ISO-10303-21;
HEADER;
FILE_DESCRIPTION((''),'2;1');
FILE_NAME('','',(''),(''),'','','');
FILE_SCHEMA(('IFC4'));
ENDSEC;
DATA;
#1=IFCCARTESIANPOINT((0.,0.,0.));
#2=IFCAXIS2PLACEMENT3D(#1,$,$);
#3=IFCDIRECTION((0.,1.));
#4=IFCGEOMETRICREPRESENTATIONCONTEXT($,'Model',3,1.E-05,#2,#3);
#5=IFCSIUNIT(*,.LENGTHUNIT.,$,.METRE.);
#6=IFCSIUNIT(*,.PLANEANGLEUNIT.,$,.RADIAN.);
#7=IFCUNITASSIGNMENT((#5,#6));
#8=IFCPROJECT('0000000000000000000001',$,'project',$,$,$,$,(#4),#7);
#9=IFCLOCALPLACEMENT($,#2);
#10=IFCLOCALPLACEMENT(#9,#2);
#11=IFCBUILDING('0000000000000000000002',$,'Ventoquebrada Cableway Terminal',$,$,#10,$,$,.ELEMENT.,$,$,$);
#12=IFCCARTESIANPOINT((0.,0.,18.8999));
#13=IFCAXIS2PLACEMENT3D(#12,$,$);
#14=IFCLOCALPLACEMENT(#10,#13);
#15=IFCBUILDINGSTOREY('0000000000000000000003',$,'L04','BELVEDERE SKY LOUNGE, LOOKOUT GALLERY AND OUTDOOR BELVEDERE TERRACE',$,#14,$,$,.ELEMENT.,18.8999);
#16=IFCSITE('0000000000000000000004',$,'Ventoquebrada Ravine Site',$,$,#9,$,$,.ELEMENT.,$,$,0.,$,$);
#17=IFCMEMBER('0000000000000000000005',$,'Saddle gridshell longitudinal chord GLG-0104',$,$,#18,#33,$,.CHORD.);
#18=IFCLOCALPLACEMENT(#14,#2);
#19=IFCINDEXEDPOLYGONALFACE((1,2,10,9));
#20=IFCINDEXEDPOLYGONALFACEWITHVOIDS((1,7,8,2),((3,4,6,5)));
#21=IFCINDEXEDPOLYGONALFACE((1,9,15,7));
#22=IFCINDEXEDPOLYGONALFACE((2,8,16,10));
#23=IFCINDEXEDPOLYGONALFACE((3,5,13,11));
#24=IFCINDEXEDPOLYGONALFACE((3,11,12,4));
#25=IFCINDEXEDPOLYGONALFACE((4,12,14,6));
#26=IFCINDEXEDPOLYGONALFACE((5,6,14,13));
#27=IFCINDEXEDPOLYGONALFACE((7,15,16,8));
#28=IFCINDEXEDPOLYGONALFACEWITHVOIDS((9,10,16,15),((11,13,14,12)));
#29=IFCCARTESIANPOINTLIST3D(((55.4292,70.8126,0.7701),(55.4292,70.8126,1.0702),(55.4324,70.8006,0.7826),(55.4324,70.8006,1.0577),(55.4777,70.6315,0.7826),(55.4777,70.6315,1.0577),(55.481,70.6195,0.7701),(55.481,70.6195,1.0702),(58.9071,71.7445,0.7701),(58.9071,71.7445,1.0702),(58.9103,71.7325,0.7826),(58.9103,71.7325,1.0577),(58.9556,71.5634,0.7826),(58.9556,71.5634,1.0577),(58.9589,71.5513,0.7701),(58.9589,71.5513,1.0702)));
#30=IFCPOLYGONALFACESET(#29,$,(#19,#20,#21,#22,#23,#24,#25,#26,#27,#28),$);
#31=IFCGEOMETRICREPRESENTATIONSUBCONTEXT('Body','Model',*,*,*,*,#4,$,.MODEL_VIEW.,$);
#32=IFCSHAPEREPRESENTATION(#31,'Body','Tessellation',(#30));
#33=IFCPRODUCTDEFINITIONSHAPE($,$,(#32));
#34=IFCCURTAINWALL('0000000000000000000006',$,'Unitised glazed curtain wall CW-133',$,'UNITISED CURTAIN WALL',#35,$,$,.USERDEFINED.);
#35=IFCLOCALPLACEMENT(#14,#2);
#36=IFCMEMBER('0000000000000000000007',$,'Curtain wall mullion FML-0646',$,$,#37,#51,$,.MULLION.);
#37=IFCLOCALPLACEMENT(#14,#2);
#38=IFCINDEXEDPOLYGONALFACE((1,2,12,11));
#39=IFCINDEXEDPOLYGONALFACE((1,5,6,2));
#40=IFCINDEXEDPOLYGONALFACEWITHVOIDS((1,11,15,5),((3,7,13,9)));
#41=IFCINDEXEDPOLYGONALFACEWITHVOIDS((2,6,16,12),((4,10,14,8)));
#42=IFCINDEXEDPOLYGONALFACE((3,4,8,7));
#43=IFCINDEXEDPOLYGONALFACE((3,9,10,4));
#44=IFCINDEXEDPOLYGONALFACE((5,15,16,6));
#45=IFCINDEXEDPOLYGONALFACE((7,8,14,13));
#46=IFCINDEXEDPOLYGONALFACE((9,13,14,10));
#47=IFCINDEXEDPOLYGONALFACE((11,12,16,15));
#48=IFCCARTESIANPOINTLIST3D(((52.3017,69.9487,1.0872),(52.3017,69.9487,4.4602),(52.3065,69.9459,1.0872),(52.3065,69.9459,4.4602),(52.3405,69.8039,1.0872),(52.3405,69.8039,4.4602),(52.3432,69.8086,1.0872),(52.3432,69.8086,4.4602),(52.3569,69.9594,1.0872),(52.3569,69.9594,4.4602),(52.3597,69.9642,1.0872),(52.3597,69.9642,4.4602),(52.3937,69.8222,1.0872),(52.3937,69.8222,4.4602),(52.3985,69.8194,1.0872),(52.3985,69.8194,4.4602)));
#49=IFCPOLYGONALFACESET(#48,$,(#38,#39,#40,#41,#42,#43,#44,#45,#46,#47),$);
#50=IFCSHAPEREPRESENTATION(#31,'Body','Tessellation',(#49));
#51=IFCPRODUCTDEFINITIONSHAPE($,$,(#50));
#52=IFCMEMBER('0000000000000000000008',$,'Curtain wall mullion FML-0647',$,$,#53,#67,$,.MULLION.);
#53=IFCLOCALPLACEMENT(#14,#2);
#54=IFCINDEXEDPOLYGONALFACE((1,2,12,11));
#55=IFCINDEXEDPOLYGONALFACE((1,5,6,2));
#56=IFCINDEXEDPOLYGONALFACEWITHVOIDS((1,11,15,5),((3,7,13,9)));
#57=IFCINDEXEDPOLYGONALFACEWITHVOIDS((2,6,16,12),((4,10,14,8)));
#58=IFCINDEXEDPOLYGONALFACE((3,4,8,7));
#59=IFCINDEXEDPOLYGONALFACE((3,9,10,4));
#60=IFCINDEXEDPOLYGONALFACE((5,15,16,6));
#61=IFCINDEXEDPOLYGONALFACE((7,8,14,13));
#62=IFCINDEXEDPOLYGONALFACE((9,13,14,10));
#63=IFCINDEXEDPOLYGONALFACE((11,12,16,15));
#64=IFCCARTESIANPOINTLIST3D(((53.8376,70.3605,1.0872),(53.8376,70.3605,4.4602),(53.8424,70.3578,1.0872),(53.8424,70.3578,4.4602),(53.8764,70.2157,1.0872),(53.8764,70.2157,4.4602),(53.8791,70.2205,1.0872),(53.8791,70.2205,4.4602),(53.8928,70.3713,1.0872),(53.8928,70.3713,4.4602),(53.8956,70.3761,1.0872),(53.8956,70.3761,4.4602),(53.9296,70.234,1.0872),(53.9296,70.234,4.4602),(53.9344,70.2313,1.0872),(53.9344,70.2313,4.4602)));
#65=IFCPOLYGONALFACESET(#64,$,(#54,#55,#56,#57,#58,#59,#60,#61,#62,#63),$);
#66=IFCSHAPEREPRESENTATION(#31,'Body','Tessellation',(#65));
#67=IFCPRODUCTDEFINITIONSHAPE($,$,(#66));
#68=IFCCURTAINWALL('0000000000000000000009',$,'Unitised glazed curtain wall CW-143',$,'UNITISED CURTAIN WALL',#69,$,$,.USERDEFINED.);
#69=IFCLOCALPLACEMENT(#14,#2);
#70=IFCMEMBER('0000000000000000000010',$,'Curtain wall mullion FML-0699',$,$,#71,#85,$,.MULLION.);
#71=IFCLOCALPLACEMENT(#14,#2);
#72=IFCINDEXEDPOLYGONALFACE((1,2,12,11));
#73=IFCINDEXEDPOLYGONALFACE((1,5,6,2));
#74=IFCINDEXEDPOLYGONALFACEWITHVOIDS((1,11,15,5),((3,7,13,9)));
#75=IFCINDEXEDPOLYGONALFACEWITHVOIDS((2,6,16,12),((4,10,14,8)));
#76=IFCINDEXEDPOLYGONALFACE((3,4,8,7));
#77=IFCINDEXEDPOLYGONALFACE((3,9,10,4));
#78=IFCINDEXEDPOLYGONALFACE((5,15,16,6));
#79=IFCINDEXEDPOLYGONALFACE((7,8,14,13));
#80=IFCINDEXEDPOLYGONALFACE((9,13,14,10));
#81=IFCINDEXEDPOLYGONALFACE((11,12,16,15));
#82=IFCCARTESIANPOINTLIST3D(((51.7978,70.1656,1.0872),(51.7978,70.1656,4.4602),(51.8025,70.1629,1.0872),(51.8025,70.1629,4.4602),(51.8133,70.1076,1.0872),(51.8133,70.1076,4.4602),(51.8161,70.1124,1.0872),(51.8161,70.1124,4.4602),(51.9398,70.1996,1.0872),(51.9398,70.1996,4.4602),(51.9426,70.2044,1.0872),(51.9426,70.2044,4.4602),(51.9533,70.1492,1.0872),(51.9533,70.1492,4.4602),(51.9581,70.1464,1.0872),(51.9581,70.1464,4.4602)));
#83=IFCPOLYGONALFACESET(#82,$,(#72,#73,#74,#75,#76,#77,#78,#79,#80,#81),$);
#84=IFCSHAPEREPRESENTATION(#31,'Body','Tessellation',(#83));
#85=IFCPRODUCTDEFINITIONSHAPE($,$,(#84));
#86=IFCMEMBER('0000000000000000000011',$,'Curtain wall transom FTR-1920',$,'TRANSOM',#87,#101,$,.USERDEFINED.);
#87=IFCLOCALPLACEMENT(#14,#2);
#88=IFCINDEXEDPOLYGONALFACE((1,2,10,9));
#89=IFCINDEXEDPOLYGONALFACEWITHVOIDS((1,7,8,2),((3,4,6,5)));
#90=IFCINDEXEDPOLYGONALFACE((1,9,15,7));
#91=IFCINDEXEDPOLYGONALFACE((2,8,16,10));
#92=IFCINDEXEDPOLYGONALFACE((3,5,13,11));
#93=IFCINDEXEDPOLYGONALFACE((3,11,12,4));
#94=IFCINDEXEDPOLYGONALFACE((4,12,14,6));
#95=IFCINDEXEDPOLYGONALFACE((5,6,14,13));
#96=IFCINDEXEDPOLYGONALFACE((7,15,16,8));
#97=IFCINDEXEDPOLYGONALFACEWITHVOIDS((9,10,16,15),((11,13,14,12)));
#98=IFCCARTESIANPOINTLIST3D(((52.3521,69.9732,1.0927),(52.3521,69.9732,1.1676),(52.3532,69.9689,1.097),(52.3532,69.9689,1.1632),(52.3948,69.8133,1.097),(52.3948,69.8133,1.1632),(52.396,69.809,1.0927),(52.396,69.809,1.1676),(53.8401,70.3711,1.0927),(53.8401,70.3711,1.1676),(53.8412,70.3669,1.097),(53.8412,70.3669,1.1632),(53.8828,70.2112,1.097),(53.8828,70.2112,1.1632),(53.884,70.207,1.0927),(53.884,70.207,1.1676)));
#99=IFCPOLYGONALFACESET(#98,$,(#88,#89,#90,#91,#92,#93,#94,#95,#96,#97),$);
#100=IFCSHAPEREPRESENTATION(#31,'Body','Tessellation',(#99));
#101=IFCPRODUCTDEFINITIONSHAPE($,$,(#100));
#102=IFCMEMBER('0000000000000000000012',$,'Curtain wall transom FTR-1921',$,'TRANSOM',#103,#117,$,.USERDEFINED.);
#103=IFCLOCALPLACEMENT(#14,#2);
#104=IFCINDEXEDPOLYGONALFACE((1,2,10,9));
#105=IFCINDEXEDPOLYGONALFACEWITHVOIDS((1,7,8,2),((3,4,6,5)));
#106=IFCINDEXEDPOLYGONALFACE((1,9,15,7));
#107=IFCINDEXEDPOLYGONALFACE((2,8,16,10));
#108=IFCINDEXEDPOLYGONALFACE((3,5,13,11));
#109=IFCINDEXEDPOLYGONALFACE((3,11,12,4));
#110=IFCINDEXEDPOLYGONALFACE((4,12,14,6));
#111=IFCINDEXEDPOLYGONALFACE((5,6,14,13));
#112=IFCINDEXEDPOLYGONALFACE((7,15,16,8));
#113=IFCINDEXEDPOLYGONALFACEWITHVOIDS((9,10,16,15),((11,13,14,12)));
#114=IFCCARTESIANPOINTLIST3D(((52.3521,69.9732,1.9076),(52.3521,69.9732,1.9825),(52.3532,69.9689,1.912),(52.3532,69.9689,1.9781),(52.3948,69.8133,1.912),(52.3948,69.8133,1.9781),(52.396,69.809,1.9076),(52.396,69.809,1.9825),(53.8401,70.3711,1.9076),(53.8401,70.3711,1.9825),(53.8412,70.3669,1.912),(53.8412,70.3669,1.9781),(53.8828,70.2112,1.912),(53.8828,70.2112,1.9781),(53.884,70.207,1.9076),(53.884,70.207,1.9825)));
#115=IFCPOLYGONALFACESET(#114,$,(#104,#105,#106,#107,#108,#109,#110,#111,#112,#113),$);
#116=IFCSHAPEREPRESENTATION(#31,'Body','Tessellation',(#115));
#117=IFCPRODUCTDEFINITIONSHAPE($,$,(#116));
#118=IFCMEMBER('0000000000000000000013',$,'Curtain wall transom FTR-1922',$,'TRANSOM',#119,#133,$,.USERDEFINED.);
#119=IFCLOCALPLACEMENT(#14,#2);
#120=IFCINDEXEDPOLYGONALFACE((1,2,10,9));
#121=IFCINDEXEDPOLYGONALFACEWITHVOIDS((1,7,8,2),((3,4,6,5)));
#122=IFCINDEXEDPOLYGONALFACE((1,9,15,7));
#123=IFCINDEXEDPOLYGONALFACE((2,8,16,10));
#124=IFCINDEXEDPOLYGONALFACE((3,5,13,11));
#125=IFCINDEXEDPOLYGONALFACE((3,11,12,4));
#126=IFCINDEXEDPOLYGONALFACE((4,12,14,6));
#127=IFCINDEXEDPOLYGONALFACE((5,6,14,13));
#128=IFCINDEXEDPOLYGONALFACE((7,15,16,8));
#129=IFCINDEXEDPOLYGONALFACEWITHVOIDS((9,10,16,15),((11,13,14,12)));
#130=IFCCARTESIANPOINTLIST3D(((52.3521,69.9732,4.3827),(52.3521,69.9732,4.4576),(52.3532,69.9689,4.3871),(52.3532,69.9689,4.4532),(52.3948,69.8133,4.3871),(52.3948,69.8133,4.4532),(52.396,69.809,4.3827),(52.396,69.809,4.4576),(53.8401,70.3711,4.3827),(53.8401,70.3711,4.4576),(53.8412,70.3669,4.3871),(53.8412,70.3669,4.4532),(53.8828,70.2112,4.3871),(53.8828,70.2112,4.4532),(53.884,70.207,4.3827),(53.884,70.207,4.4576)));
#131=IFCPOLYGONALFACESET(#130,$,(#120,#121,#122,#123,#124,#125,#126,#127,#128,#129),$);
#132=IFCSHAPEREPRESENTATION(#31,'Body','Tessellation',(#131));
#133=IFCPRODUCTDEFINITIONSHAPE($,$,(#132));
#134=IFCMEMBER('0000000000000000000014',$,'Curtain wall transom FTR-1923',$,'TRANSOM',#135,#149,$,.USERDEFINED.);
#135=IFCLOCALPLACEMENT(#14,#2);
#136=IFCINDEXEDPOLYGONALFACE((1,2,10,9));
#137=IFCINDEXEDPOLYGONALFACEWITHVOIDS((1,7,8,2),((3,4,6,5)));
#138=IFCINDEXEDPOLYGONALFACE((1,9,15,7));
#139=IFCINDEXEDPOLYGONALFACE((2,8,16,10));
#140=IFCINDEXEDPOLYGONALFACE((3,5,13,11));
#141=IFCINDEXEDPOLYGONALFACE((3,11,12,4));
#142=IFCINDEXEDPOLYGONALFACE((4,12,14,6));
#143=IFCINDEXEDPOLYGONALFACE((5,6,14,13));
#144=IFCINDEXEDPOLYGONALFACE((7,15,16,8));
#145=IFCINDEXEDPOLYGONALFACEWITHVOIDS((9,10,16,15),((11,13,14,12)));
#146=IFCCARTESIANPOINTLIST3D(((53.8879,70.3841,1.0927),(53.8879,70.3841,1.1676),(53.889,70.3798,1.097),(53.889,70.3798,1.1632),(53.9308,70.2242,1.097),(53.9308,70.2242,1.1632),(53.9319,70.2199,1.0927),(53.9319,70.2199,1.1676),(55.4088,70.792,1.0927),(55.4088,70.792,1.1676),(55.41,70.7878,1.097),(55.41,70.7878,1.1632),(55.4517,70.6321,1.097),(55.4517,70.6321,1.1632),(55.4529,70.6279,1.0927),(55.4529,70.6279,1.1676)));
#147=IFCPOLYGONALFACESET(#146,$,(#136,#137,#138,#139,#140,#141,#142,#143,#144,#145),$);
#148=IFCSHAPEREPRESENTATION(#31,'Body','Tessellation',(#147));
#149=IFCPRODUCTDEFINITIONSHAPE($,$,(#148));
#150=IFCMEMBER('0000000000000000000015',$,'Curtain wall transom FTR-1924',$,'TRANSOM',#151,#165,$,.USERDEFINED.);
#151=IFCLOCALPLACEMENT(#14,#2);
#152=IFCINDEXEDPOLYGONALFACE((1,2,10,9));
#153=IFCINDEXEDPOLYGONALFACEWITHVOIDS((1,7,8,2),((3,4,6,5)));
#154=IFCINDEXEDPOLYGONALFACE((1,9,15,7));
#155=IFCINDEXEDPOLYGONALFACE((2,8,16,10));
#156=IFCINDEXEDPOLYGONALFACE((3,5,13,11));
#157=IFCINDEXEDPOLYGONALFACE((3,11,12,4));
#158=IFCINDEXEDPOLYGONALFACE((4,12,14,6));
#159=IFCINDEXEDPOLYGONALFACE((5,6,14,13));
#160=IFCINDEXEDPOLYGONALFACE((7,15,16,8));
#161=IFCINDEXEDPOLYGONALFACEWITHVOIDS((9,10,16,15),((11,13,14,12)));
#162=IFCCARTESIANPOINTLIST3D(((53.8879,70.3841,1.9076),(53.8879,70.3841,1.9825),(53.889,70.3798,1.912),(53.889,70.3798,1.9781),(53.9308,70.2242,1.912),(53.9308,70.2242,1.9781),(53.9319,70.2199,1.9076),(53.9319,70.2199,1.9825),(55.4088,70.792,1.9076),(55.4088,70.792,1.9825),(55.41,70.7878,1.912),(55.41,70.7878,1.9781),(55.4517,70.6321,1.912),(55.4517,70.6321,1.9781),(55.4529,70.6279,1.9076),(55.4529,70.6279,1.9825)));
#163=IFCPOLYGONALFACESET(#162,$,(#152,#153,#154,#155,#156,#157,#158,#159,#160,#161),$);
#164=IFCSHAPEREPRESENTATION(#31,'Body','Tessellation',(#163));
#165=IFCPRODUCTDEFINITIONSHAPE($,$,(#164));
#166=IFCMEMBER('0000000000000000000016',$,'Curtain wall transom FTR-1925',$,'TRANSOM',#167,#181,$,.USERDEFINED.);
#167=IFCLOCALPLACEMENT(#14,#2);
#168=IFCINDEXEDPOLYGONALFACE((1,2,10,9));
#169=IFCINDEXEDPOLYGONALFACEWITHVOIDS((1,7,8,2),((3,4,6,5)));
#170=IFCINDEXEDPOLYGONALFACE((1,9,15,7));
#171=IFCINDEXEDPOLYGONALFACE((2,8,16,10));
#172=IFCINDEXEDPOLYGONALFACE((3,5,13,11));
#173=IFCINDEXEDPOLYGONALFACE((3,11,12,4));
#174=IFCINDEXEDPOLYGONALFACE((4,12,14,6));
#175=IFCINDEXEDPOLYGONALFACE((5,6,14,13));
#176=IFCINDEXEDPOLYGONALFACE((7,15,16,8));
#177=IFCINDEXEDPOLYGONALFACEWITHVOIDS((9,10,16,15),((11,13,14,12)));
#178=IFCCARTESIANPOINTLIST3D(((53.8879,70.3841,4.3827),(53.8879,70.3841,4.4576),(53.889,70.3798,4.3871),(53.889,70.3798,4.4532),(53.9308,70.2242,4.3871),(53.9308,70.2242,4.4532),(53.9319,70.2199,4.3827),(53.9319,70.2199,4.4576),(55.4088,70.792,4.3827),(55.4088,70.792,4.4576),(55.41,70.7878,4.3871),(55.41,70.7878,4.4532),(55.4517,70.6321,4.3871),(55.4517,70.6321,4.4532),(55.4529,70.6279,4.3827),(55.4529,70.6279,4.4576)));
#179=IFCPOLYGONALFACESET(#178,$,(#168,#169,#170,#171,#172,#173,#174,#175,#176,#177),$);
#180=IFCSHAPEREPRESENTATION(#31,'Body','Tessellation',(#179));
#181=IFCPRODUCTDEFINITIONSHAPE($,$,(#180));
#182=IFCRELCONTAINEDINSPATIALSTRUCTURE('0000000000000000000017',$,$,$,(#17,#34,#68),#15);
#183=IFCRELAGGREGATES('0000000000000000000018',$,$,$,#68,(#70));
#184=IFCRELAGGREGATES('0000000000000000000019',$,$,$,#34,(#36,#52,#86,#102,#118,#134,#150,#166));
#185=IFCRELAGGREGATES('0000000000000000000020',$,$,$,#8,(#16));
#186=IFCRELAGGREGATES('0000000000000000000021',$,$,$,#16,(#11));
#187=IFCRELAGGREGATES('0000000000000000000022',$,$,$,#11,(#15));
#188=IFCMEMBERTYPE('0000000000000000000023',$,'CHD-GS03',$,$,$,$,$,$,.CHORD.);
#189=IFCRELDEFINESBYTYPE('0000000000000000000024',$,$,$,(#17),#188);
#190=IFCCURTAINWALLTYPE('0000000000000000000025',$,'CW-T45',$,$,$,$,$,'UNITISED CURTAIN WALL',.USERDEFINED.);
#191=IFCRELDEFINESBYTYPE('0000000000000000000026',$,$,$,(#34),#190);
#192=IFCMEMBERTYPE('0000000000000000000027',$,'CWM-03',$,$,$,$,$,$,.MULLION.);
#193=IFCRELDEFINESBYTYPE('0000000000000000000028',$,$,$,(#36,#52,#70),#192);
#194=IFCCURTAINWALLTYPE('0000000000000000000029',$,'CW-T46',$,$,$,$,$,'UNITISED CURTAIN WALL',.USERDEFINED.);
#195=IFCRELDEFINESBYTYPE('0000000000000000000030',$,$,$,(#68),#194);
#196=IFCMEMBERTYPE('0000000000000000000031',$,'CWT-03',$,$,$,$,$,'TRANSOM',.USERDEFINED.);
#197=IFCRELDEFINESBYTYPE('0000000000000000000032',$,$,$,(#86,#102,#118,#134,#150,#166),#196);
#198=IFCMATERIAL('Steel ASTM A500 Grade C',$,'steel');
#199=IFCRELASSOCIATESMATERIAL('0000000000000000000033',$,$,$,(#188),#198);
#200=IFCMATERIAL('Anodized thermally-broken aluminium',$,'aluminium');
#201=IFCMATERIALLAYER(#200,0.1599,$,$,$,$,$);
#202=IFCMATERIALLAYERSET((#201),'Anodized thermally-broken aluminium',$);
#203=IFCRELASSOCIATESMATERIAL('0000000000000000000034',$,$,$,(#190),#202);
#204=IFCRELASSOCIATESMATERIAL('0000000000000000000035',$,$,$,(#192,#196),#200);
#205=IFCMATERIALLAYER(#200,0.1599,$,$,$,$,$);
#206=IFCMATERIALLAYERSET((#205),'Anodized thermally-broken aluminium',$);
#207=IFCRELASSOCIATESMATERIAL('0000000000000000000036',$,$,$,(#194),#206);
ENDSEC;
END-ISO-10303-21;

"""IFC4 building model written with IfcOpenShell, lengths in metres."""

from ifc_helpers import new_model, si_unit, direction, frame, origin, origin_2d, place, context, subcontext, project, spatial, hollow_rectangle, extrude, material, layer, layer_set, material_profile, profile_set, type_object, element, aggregate, save


model = new_model("IFC4")

# Units and contexts
model_context = context("Model", 3, precision=1e-05, world=origin(), true_north=direction((0.0, 1.0)))
body_context = subcontext(model_context, "Body", "Model", "MODEL_VIEW")
ifc_project = project(units=[si_unit("LENGTHUNIT", "METRE"), si_unit("PLANEANGLEUNIT", "RADIAN")], contexts=[model_context])

# Site, building, storey
site_placement = place(None, origin())
site = spatial("IfcSite", under=ifc_project, at=site_placement, Name="Ventoquebrada Ravine Site", CompositionType="ELEMENT", RefElevation=0.0)
building_placement = place(site_placement, origin())
building = spatial("IfcBuilding", under=site, at=building_placement, Name="Ventoquebrada Cableway Terminal", CompositionType="ELEMENT")
storey_placement = place(building_placement, frame((0.0, 0.0, 18.8999)))
storey = spatial("IfcBuildingStorey", under=building, at=storey_placement, Name="L04", Description="BELVEDERE SKY LOUNGE, LOOKOUT GALLERY AND OUTDOOR BELVEDERE TERRACE", CompositionType="ELEMENT", Elevation=18.8999)

# Member
ifc_material_1 = material(Name="Steel ASTM A500 Grade C", Category="steel")
ifc_material_profile_1 = material_profile(ifc_material_1, hollow_rectangle(XDim=0.2, YDim=0.3, WallThickness=0.0125, at=origin_2d()), Name="RHS300X200X12.5")
ifc_profile_set_1 = profile_set([ifc_material_profile_1], Name="Steel ASTM A500 Grade C")
member_type_1 = type_object("IfcMemberType", Name="CHD-GS03", PredefinedType="CHORD", material=ifc_profile_set_1)
member_1_placement = place(storey_placement, frame((55.4551, 70.7161, 0.9202), z_axis=(0.965929, 0.258806, 0.0), x_axis=(-0.258806, 0.965929, 0.0)))
element("IfcMember", 1, at=member_1_placement, inside=storey, type_object=member_type_1, Name="Saddle gridshell longitudinal chord GLG-0104", PredefinedType="CHORD", context=body_context, shape_type="SweptSolid", body=[
    extrude(hollow_rectangle(XDim=0.2, YDim=0.3, WallThickness=0.0125, at=origin_2d()), origin(), (0.0, 0.0, 1.0), 3.6006),
])

# Curtain wall, members
ifc_material_2 = material(Name="Anodized thermally-broken aluminium", Category="aluminium")
ifc_layer_1 = layer(ifc_material_2, 0.1599)
ifc_layer_set_1 = layer_set([ifc_layer_1], Name="Anodized thermally-broken aluminium")
curtain_wall_type_1 = type_object("IfcCurtainWallType", Name="CW-T45", ElementType="UNITISED CURTAIN WALL", PredefinedType="USERDEFINED", material=ifc_layer_set_1)
curtain_wall_1_placement = place(storey_placement, origin())
curtain_wall_1 = element("IfcCurtainWall", 2, at=curtain_wall_1_placement, inside=storey, type_object=curtain_wall_type_1, Name="Unitised glazed curtain wall CW-133", ObjectType="UNITISED CURTAIN WALL", PredefinedType="USERDEFINED")
ifc_material_profile_2 = material_profile(ifc_material_2, hollow_rectangle(XDim=0.0601, YDim=0.1499, WallThickness=0.0039, at=origin_2d()), Name="CW-MUL-60X150")
ifc_profile_set_2 = profile_set([ifc_material_profile_2], Name="Anodized thermally-broken aluminium")
member_type_2 = type_object("IfcMemberType", Name="CWM-03", PredefinedType="MULLION", material=ifc_profile_set_2)
member_2_placement = place(storey_placement, frame((52.3501, 69.884, 1.0872), z_axis=(0.0, 0.0, 1.0), x_axis=(0.965944, 0.258752, 0.0)))
member_2 = element("IfcMember", 3, at=member_2_placement, type_object=member_type_2, Name="Curtain wall mullion FML-0646", PredefinedType="MULLION", context=body_context, shape_type="SweptSolid", body=[
    extrude(hollow_rectangle(XDim=0.0601, YDim=0.1499, WallThickness=0.0039, at=origin_2d()), origin(), (0.0, 0.0, 1.0), 3.373),
])
member_3_placement = place(storey_placement, frame((53.886, 70.2959, 1.0872), z_axis=(0.0, 0.0, 1.0), x_axis=(0.965944, 0.258752, 0.0)))
member_3 = element("IfcMember", 4, at=member_3_placement, type_object=member_type_2, Name="Curtain wall mullion FML-0647", PredefinedType="MULLION", context=body_context, shape_type="SweptSolid", body=[
    extrude(hollow_rectangle(XDim=0.0601, YDim=0.1499, WallThickness=0.0039, at=origin_2d()), origin(), (0.0, 0.0, 1.0), 3.373),
])

# Curtain wall, member
ifc_layer_2 = layer(ifc_material_2, 0.1599)
ifc_layer_set_2 = layer_set([ifc_layer_2], Name="Anodized thermally-broken aluminium")
curtain_wall_type_2 = type_object("IfcCurtainWallType", Name="CW-T46", ElementType="UNITISED CURTAIN WALL", PredefinedType="USERDEFINED", material=ifc_layer_set_2)
curtain_wall_2_placement = place(storey_placement, origin())
curtain_wall_2 = element("IfcCurtainWall", 5, at=curtain_wall_2_placement, inside=storey, type_object=curtain_wall_type_2, Name="Unitised glazed curtain wall CW-143", ObjectType="UNITISED CURTAIN WALL", PredefinedType="USERDEFINED")
member_4_placement = place(storey_placement, frame((51.8779, 70.156, 1.0872), z_axis=(0.0, 0.0, 1.0), x_axis=(0.258718, -0.965953, 0.0)))
member_4 = element("IfcMember", 6, at=member_4_placement, type_object=member_type_2, Name="Curtain wall mullion FML-0699", PredefinedType="MULLION", context=body_context, shape_type="SweptSolid", body=[
    extrude(hollow_rectangle(XDim=0.0601, YDim=0.1499, WallThickness=0.0039, at=origin_2d()), origin(), (0.0, 0.0, 1.0), 3.373),
])
aggregate(curtain_wall_2, [member_4])

# Members
ifc_material_profile_3 = material_profile(ifc_material_2, hollow_rectangle(XDim=0.075, YDim=0.1699, WallThickness=0.0044, at=origin_2d()), Name="CW-TRN-75X170")
ifc_profile_set_3 = profile_set([ifc_material_profile_3], Name="Anodized thermally-broken aluminium")
member_type_3 = type_object("IfcMemberType", Name="CWT-03", ElementType="TRANSOM", PredefinedType="USERDEFINED", material=ifc_profile_set_3)
member_5_placement = place(storey_placement, frame((52.374, 69.8911, 1.1301), z_axis=(0.966051, 0.258353, 0.0), x_axis=(0.0, 0.0, 1.0)))
member_5 = element("IfcMember", 7, at=member_5_placement, type_object=member_type_3, Name="Curtain wall transom FTR-1920", ObjectType="TRANSOM", PredefinedType="USERDEFINED", context=body_context, shape_type="SweptSolid", body=[
    extrude(hollow_rectangle(XDim=0.075, YDim=0.1699, WallThickness=0.0044, at=origin_2d()), origin(), (0.0, 0.0, 1.0), 1.5403),
])
member_6_placement = place(storey_placement, frame((52.374, 69.8911, 1.9451), z_axis=(0.966051, 0.258353, 0.0), x_axis=(0.0, 0.0, 1.0)))
member_6 = element("IfcMember", 8, at=member_6_placement, type_object=member_type_3, Name="Curtain wall transom FTR-1921", ObjectType="TRANSOM", PredefinedType="USERDEFINED", context=body_context, shape_type="SweptSolid", body=[
    extrude(hollow_rectangle(XDim=0.075, YDim=0.1699, WallThickness=0.0044, at=origin_2d()), origin(), (0.0, 0.0, 1.0), 1.5403),
])
member_7_placement = place(storey_placement, frame((52.374, 69.8911, 4.4202), z_axis=(0.966051, 0.258353, 0.0), x_axis=(0.0, 0.0, 1.0)))
member_7 = element("IfcMember", 9, at=member_7_placement, type_object=member_type_3, Name="Curtain wall transom FTR-1922", ObjectType="TRANSOM", PredefinedType="USERDEFINED", context=body_context, shape_type="SweptSolid", body=[
    extrude(hollow_rectangle(XDim=0.075, YDim=0.1699, WallThickness=0.0044, at=origin_2d()), origin(), (0.0, 0.0, 1.0), 1.5403),
])
member_8_placement = place(storey_placement, frame((53.9099, 70.302, 1.1301), z_axis=(0.965861, 0.259062, 0.0), x_axis=(0.0, 0.0, 1.0)))
member_8 = element("IfcMember", 10, at=member_8_placement, type_object=member_type_3, Name="Curtain wall transom FTR-1923", ObjectType="TRANSOM", PredefinedType="USERDEFINED", context=body_context, shape_type="SweptSolid", body=[
    extrude(hollow_rectangle(XDim=0.075, YDim=0.1699, WallThickness=0.0044, at=origin_2d()), origin(), (0.0, 0.0, 1.0), 1.5747),
])
member_9_placement = place(storey_placement, frame((53.9099, 70.302, 1.9451), z_axis=(0.965861, 0.259062, 0.0), x_axis=(0.0, 0.0, 1.0)))
member_9 = element("IfcMember", 11, at=member_9_placement, type_object=member_type_3, Name="Curtain wall transom FTR-1924", ObjectType="TRANSOM", PredefinedType="USERDEFINED", context=body_context, shape_type="SweptSolid", body=[
    extrude(hollow_rectangle(XDim=0.075, YDim=0.1699, WallThickness=0.0044, at=origin_2d()), origin(), (0.0, 0.0, 1.0), 1.5747),
])
member_10_placement = place(storey_placement, frame((53.9099, 70.302, 4.4202), z_axis=(0.965861, 0.259062, 0.0), x_axis=(0.0, 0.0, 1.0)))
member_10 = element("IfcMember", 12, at=member_10_placement, type_object=member_type_3, Name="Curtain wall transom FTR-1925", ObjectType="TRANSOM", PredefinedType="USERDEFINED", context=body_context, shape_type="SweptSolid", body=[
    extrude(hollow_rectangle(XDim=0.075, YDim=0.1699, WallThickness=0.0044, at=origin_2d()), origin(), (0.0, 0.0, 1.0), 1.5747),
])

aggregate(curtain_wall_1, [member_2, member_3, member_5, member_6, member_7, member_8, member_9, member_10])

save(model, "model.ifc")
